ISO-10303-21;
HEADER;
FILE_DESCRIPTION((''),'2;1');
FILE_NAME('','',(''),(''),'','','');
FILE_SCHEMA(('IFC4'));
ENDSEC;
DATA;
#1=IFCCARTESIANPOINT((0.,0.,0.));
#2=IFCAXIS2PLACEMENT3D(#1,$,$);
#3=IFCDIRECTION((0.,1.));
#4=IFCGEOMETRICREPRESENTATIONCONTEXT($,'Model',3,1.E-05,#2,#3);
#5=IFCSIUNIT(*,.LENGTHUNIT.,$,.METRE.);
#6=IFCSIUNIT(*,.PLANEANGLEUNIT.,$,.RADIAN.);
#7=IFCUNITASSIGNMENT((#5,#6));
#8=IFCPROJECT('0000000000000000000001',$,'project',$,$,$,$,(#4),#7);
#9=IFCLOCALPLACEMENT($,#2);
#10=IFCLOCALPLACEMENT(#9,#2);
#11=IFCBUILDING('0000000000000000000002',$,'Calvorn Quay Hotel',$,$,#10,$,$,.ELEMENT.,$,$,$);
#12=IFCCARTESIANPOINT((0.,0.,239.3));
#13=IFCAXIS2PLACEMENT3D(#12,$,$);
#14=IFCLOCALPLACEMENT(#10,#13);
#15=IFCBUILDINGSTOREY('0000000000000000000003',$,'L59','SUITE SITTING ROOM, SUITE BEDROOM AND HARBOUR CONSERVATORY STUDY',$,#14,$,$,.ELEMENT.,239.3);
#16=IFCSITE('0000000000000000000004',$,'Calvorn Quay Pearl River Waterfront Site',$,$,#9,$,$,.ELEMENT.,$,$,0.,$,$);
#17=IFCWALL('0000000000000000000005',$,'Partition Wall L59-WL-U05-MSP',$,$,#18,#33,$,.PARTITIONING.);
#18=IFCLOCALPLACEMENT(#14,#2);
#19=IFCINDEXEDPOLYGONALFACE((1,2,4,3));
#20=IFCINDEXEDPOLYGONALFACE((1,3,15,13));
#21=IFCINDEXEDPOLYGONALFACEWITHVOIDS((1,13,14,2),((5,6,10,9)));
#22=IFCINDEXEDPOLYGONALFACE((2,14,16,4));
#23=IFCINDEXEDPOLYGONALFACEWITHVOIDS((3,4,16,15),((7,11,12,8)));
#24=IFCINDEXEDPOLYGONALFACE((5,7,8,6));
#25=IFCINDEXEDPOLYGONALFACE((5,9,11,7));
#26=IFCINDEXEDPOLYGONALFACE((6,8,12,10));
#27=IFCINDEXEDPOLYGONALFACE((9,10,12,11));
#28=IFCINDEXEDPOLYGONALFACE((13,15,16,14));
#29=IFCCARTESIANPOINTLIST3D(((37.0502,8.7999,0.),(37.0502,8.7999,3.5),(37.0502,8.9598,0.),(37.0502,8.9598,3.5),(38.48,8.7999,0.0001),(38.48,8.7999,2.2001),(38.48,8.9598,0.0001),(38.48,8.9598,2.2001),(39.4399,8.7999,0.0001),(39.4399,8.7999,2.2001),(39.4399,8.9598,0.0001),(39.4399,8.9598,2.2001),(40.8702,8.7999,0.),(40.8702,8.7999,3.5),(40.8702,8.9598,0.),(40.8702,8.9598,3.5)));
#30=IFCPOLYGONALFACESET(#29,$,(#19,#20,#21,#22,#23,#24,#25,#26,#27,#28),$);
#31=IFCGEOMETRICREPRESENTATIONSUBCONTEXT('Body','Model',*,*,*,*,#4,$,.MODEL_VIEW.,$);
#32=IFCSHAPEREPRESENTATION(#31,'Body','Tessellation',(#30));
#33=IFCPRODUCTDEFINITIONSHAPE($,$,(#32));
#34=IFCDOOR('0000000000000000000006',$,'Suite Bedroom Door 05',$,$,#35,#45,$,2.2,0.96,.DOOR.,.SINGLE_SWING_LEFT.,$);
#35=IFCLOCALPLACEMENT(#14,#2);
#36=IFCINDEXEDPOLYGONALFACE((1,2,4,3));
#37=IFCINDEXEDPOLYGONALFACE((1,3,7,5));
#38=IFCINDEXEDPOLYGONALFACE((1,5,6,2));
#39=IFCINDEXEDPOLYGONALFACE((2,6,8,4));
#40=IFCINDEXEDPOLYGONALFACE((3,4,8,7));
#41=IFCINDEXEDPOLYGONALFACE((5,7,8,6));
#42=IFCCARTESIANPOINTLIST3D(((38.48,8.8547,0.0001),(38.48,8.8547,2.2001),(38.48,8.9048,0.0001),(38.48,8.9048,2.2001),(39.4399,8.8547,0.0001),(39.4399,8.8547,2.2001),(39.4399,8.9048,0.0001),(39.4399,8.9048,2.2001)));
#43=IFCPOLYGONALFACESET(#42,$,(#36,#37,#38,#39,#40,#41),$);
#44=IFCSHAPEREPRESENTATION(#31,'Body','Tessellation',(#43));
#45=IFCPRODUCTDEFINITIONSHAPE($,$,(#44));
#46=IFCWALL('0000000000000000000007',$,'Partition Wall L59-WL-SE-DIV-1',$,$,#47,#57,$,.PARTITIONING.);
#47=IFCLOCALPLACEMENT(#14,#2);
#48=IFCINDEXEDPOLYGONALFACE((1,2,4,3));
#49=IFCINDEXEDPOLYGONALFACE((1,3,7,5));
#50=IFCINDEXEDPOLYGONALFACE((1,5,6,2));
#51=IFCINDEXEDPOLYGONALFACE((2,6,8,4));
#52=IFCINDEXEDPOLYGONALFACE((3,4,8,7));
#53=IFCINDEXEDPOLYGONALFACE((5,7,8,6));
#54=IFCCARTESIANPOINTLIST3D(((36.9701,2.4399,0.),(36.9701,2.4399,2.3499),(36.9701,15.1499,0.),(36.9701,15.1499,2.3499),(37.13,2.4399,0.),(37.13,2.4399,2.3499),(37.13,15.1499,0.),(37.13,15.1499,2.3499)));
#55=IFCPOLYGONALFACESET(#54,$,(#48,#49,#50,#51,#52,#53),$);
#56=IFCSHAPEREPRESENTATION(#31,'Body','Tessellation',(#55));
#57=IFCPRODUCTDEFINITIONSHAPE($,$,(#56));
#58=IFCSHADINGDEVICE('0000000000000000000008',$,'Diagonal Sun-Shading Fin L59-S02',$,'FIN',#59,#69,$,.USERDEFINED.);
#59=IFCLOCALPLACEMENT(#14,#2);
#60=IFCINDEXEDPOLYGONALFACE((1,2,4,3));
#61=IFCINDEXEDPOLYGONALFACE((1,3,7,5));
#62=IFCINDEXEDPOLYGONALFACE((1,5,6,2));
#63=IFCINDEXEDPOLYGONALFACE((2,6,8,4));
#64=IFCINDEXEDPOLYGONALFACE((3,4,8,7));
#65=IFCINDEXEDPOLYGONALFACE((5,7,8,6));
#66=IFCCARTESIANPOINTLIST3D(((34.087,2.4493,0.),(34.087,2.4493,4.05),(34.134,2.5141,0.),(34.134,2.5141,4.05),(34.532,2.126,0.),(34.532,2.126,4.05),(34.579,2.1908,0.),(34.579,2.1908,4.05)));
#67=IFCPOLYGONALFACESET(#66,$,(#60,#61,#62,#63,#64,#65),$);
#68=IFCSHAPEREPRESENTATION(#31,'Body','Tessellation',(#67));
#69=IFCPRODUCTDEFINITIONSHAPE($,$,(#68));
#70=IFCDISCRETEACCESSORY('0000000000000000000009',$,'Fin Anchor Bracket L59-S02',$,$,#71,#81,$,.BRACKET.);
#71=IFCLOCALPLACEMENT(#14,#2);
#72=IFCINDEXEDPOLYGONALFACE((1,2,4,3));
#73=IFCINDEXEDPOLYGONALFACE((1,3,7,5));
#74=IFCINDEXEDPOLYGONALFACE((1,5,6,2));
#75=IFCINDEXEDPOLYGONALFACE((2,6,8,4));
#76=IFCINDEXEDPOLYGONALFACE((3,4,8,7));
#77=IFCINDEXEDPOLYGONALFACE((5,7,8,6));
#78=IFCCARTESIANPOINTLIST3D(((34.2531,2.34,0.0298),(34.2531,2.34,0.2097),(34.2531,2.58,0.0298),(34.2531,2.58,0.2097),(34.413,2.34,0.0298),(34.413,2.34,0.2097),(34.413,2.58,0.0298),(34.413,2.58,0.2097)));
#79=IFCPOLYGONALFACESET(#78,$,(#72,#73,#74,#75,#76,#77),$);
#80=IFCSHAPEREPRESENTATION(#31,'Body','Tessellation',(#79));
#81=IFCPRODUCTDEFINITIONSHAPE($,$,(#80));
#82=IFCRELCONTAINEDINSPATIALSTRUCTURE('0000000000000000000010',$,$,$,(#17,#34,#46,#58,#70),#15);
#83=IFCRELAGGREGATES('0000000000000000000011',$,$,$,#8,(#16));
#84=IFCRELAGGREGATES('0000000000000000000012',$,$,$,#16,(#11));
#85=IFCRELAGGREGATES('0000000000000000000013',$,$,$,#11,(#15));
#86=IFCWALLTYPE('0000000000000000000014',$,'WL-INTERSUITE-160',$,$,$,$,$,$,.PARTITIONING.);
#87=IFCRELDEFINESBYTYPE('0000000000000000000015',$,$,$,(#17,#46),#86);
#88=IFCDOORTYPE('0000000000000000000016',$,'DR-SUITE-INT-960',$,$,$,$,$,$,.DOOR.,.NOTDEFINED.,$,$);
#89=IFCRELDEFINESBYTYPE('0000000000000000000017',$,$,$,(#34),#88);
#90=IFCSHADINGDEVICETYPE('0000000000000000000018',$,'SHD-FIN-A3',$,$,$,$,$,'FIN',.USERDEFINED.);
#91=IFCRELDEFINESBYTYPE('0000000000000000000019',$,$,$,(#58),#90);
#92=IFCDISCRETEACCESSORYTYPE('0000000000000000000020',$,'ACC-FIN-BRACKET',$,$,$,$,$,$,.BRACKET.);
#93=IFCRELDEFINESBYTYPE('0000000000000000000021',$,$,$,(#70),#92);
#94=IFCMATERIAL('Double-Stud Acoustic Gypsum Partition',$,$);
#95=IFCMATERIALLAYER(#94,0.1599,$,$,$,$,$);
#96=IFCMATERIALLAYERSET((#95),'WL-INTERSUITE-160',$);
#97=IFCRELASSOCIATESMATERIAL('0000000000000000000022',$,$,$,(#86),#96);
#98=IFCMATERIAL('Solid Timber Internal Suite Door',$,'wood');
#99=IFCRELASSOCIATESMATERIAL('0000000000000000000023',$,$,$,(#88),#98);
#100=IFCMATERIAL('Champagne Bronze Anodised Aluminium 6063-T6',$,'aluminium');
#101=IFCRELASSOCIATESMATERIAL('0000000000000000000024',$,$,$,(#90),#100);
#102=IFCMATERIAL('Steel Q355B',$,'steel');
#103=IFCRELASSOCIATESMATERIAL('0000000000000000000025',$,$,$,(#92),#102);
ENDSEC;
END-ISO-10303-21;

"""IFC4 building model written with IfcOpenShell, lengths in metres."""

from ifc_helpers import new_model, si_unit, direction, frame, frame_2d, origin, origin_2d, place, context, subcontext, project, spatial, rectangle, extrude, material, layer, layer_set, type_object, element, fill, save


model = new_model("IFC4")

# Units and contexts
model_context = context("Model", 3, precision=1e-05, world=origin(), true_north=direction((0.0, 1.0)))
body_context = subcontext(model_context, "Body", "Model", "MODEL_VIEW")
ifc_project = project(units=[si_unit("LENGTHUNIT", "METRE"), si_unit("PLANEANGLEUNIT", "RADIAN")], contexts=[model_context])

# Site, building, storey
site_placement = place(None, origin())
site = spatial("IfcSite", under=ifc_project, at=site_placement, Name="Calvorn Quay Pearl River Waterfront Site", CompositionType="ELEMENT", RefElevation=0.0)
building_placement = place(site_placement, origin())
building = spatial("IfcBuilding", under=site, at=building_placement, Name="Calvorn Quay Hotel", CompositionType="ELEMENT")
storey_placement = place(building_placement, frame((0.0, 0.0, 239.3)))
storey = spatial("IfcBuildingStorey", under=building, at=storey_placement, Name="L59", Description="SUITE SITTING ROOM, SUITE BEDROOM AND HARBOUR CONSERVATORY STUDY", CompositionType="ELEMENT", Elevation=239.3)

# Wall, opening, door
ifc_material_1 = material(Name="Double-Stud Acoustic Gypsum Partition")
ifc_layer_1 = layer(ifc_material_1, 0.1599)
ifc_layer_set_1 = layer_set([ifc_layer_1], Name="WL-INTERSUITE-160")
wall_type_1 = type_object("IfcWallType", Name="WL-INTERSUITE-160", PredefinedType="PARTITIONING", material=ifc_layer_set_1)
wall_1_placement = place(storey_placement, frame((37.05, 8.8799, 0.0), z_axis=(0.0, 0.0, 1.0), x_axis=(1.0, 0.0, 0.0)))
wall_1 = element("IfcWall", 1, at=wall_1_placement, inside=storey, type_object=wall_type_1, Name="Partition Wall L59-WL-U05-MSP", PredefinedType="PARTITIONING", context=body_context, shape_type="SweptSolid", body=[
    extrude(rectangle(XDim=3.8201, YDim=0.1599, at=frame_2d((1.9102, 0.0))), origin(), (0.0, 0.0, 1.0), 3.5),
])
opening_1_placement = place(wall_1_placement, frame((1.4299, 0.0, 0.0)))
opening_1 = element("IfcOpeningElement", 2, at=opening_1_placement, cuts=wall_1, PredefinedType="OPENING", context=body_context, shape_type="SweptSolid", body=[
    extrude(rectangle(XDim=0.96, YDim=2.2, at=frame_2d((0.48, 1.1001))), frame((0.0, 0.0898, 0.0), z_axis=(0.0, -1.0, 0.0), x_axis=(1.0, 0.0, 0.0)), (0.0, 0.0, 1.0), 0.1799),
])
ifc_material_2 = material(Name="Solid Timber Internal Suite Door", Category="wood")
door_type_1 = type_object("IfcDoorType", Name="DR-SUITE-INT-960", OperationType="NOTDEFINED", PredefinedType="DOOR", material=ifc_material_2)
door_1_placement = place(opening_1_placement, origin())
door_1 = element("IfcDoor", 3, at=door_1_placement, inside=storey, type_object=door_type_1, Name="Suite Bedroom Door 05", OperationType="SINGLE_SWING_LEFT", OverallHeight=2.2, OverallWidth=0.96, PredefinedType="DOOR", context=body_context, shape_type="SweptSolid", body=[
    extrude(rectangle(XDim=0.96, YDim=2.2, at=frame_2d((0.48, 1.1001))), frame((0.0, 0.0249, 0.0), z_axis=(0.0, -1.0, 0.0), x_axis=(1.0, 0.0, 0.0)), (0.0, 0.0, 1.0), 0.05),
])
fill(opening_1, door_1)

# Wall
wall_2_placement = place(storey_placement, frame((37.05, 2.4399, 0.0), z_axis=(0.0, 0.0, 1.0), x_axis=(0.0, 1.0, 0.0)))
element("IfcWall", 4, at=wall_2_placement, inside=storey, type_object=wall_type_1, Name="Partition Wall L59-WL-SE-DIV-1", PredefinedType="PARTITIONING", context=body_context, shape_type="SweptSolid", body=[
    extrude(rectangle(XDim=12.71, YDim=0.1599, at=frame_2d((6.355, 0.0))), origin(), (0.0, 0.0, 1.0), 2.3499),
])

# Shading device
ifc_material_3 = material(Name="Champagne Bronze Anodised Aluminium 6063-T6", Category="aluminium")
shading_device_type = type_object("IfcShadingDeviceType", Name="SHD-FIN-A3", ElementType="FIN", PredefinedType="USERDEFINED", material=ifc_material_3)
shading_device_placement = place(storey_placement, frame((34.333, 2.3201, 0.0), z_axis=(0.0, 0.0, 1.0), x_axis=(-0.809017, 0.587785, 0.0)))
element("IfcShadingDevice", 5, at=shading_device_placement, inside=storey, type_object=shading_device_type, Name="Diagonal Sun-Shading Fin L59-S02", ObjectType="FIN", PredefinedType="USERDEFINED", context=body_context, shape_type="SweptSolid", body=[
    extrude(rectangle(XDim=0.55, YDim=0.0801, at=origin_2d()), origin(), (0.0, 0.0, 1.0), 4.05),
])

# Discrete accessory
ifc_material_4 = material(Name="Steel Q355B", Category="steel")
discrete_accessory_type = type_object("IfcDiscreteAccessoryType", Name="ACC-FIN-BRACKET", PredefinedType="BRACKET", material=ifc_material_4)
discrete_accessory_placement = place(storey_placement, frame((34.333, 2.46, 0.0298), z_axis=(0.0, 0.0, 1.0), x_axis=(0.0, 1.0, 0.0)))
element("IfcDiscreteAccessory", 6, at=discrete_accessory_placement, inside=storey, type_object=discrete_accessory_type, Name="Fin Anchor Bracket L59-S02", PredefinedType="BRACKET", context=body_context, shape_type="SweptSolid", body=[
    extrude(rectangle(XDim=0.24, YDim=0.1599, at=origin_2d()), origin(), (0.0, 0.0, 1.0), 0.1799),
])

save(model, "model.ifc")
